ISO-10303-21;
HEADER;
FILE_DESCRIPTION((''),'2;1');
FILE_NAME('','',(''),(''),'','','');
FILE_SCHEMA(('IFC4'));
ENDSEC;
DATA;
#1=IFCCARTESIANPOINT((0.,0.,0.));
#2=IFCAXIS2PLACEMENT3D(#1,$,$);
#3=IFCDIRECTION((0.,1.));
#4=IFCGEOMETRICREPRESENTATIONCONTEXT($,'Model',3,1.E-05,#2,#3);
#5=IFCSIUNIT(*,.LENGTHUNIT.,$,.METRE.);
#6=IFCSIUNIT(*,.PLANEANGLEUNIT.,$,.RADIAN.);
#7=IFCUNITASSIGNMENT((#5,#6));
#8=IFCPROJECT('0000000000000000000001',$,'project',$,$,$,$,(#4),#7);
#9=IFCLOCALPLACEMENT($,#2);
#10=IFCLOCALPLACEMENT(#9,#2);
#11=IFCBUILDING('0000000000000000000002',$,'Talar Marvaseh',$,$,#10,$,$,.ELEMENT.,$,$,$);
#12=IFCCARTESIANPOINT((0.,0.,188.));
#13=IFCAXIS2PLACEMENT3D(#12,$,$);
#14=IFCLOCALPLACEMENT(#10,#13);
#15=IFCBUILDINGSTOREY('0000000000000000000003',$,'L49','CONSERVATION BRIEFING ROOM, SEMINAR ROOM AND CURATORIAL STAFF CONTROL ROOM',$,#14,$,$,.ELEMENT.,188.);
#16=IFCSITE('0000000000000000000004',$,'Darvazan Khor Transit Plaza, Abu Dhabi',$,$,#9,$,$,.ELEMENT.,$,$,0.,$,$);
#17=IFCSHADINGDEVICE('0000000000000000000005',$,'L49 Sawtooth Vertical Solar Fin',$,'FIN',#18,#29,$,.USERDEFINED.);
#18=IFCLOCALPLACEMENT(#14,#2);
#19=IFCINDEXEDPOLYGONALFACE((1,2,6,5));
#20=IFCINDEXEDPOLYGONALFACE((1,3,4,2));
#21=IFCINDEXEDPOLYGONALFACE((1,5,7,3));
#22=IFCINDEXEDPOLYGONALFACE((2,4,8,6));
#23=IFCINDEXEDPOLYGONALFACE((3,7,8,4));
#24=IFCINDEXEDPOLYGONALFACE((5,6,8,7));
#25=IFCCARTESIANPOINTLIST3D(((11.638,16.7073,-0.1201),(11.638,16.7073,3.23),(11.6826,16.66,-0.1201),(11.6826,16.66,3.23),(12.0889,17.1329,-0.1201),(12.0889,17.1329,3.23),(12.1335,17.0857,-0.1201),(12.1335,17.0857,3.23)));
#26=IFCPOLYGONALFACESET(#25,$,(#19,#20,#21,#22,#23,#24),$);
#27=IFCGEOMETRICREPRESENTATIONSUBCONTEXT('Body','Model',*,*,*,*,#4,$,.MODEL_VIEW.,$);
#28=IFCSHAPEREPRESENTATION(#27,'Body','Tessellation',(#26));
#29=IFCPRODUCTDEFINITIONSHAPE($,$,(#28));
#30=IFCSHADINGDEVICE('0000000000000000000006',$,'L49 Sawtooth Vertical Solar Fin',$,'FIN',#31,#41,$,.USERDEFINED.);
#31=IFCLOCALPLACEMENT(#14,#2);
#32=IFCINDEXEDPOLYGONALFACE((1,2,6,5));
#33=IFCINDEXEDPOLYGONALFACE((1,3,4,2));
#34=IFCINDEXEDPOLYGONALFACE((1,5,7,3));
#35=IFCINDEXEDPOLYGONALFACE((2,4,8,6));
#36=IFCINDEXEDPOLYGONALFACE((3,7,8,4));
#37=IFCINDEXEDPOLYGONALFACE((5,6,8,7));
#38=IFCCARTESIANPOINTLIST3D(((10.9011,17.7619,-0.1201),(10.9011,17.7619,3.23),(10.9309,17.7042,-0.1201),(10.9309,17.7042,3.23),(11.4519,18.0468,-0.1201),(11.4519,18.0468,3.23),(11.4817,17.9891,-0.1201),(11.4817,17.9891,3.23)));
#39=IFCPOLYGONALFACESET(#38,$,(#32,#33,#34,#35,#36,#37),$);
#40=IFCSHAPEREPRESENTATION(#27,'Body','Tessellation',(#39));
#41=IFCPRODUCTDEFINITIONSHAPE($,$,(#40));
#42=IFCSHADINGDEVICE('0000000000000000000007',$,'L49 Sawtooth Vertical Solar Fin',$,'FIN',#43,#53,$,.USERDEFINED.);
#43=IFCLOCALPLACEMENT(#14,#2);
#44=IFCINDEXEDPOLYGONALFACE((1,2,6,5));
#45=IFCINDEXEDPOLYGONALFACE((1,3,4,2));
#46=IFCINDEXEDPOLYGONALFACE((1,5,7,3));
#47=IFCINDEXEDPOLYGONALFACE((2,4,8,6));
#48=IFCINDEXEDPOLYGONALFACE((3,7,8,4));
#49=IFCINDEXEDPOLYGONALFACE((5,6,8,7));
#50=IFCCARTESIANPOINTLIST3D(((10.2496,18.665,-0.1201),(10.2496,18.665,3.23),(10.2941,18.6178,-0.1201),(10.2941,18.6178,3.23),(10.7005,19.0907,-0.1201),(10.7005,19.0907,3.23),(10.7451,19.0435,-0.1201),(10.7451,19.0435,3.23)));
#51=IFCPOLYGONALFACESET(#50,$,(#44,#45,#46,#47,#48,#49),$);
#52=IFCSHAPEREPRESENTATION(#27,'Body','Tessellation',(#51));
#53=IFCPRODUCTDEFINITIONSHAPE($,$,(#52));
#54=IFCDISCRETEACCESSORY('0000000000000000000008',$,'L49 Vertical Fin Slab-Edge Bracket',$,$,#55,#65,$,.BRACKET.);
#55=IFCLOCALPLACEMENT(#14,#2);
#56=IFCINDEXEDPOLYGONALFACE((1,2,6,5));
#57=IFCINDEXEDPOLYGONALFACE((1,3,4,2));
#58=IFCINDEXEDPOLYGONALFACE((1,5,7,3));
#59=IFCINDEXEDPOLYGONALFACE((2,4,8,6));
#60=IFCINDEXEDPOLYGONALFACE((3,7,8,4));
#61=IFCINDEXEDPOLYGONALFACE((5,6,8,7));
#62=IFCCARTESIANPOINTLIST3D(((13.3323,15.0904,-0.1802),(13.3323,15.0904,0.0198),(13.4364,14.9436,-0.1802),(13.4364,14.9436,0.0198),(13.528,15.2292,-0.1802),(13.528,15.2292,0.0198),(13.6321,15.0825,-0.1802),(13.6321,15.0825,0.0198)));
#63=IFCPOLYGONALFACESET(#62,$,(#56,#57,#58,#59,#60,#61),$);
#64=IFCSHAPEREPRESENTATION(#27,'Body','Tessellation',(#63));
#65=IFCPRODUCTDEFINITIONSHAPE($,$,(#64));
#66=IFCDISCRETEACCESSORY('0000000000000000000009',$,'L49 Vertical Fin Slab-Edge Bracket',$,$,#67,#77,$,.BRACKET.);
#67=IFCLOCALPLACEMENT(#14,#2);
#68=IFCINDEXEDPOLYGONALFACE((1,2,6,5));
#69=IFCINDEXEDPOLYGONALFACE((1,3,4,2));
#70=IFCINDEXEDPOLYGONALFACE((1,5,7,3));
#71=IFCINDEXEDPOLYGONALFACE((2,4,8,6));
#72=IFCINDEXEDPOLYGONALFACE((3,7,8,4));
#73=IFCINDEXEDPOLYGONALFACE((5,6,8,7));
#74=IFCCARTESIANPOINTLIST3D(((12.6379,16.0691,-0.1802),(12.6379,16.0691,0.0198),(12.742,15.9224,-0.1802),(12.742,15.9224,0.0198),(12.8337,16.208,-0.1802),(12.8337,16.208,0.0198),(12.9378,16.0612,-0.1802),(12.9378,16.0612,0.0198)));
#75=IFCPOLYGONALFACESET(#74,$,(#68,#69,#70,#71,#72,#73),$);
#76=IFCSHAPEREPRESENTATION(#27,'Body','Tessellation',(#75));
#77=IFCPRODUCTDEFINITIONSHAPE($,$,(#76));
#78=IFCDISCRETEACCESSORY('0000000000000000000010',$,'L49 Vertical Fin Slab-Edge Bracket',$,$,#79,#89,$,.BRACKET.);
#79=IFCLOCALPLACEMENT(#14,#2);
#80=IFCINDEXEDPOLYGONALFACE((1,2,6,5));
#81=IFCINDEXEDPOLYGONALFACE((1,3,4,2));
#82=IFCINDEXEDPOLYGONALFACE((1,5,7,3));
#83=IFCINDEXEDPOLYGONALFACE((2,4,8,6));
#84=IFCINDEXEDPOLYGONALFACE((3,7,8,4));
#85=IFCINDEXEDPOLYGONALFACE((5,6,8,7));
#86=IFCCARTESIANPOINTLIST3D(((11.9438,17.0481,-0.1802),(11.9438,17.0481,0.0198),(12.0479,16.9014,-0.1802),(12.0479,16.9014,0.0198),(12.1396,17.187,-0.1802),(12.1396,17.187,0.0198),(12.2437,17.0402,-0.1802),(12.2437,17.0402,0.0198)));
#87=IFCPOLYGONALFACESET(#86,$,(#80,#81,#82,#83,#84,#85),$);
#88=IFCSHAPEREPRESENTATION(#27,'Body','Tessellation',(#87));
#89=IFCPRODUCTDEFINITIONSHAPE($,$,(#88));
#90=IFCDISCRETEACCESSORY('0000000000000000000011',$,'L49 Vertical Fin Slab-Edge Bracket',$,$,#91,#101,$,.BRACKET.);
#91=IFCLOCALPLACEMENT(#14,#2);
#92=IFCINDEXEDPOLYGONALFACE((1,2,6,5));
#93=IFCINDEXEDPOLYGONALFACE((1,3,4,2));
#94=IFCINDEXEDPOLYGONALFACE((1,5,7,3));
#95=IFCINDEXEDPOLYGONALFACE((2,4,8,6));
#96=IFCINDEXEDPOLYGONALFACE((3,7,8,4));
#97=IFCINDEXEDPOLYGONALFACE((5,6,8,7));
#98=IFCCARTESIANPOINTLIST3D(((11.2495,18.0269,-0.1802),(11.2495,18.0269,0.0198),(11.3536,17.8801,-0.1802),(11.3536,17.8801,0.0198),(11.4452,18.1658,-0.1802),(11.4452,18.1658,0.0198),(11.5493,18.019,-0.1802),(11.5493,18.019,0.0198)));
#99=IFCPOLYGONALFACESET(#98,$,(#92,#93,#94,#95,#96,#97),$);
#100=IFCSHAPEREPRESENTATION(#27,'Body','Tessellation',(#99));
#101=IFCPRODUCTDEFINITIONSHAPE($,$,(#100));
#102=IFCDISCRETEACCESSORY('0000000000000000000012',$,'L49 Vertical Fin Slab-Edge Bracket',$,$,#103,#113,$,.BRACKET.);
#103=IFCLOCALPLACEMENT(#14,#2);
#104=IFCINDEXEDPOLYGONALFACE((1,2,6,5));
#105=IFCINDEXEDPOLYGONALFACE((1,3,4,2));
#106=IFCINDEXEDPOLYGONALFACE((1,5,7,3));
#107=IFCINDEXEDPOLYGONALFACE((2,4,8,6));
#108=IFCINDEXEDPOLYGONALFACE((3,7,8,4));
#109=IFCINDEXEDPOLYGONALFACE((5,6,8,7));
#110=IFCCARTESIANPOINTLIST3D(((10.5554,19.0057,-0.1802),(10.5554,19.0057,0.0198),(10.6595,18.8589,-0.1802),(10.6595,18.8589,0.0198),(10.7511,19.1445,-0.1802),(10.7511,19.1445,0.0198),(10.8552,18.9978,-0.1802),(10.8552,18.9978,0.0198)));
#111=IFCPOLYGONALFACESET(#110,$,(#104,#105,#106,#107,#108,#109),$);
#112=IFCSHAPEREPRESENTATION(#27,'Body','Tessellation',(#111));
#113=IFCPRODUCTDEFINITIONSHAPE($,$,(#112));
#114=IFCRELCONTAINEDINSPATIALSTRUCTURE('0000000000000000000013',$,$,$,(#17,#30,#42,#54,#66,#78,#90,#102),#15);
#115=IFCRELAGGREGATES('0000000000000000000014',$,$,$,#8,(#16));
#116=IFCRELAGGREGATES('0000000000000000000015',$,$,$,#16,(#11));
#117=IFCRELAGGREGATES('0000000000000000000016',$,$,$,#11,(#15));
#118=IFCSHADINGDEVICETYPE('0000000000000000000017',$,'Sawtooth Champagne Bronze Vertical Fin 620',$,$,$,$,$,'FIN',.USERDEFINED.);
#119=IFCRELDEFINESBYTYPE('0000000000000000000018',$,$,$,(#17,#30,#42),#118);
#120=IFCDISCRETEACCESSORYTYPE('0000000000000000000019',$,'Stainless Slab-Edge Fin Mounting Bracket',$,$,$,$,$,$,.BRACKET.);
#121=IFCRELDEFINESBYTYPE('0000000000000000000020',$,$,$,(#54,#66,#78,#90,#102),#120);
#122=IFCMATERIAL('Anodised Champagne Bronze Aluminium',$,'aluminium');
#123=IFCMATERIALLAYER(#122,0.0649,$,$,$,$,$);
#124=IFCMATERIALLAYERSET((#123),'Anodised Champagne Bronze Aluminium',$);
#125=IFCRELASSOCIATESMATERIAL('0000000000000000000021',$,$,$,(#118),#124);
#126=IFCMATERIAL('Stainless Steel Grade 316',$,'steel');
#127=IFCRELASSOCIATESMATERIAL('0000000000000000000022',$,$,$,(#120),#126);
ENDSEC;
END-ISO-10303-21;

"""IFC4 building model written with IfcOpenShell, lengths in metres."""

from ifc_helpers import new_model, si_unit, direction, frame, origin, origin_2d, place, context, subcontext, project, spatial, rectangle, extrude, source, transform, mapped, material, layer, layer_set, type_object, type_shapes, element, save


model = new_model("IFC4")

# Units and contexts
model_context = context("Model", 3, precision=1e-05, world=origin(), true_north=direction((0.0, 1.0)))
body_context = subcontext(model_context, "Body", "Model", "MODEL_VIEW")
ifc_project = project(units=[si_unit("LENGTHUNIT", "METRE"), si_unit("PLANEANGLEUNIT", "RADIAN")], contexts=[model_context])

# Site, building, storey
site_placement = place(None, origin())
site = spatial("IfcSite", under=ifc_project, at=site_placement, Name="Darvazan Khor Transit Plaza, Abu Dhabi", CompositionType="ELEMENT", RefElevation=0.0)
building_placement = place(site_placement, origin())
building = spatial("IfcBuilding", under=site, at=building_placement, Name="Talar Marvaseh", CompositionType="ELEMENT")
storey_placement = place(building_placement, frame((0.0, 0.0, 188.0)))
storey = spatial("IfcBuildingStorey", under=building, at=storey_placement, Name="L49", Description="CONSERVATION BRIEFING ROOM, SEMINAR ROOM AND CURATORIAL STAFF CONTROL ROOM", CompositionType="ELEMENT", Elevation=188.0)

# Shading devices
ifc_material_1 = material(Name="Anodised Champagne Bronze Aluminium", Category="aluminium")
ifc_layer_1 = layer(ifc_material_1, 0.0649)
ifc_layer_set_1 = layer_set([ifc_layer_1], Name="Anodised Champagne Bronze Aluminium")
shading_device_type_1 = type_object("IfcShadingDeviceType", Name="Sawtooth Champagne Bronze Vertical Fin 620", ElementType="FIN", PredefinedType="USERDEFINED", material=ifc_layer_set_1)
shared_shape_1 = source(origin(), body_context, "Body", "SweptSolid", [
    extrude(rectangle(XDim=0.6201, YDim=0.0649, at=origin_2d()), origin(), (0.0, 0.0, 1.0), 3.3501),
])
type_shapes(shading_device_type_1, [shared_shape_1])
for number, where, z_axis, x_axis, name in (
    (1, (11.8857, 16.8965, -0.1201), (0.0, 0.0, 1.0), (-0.727174, -0.686453, 0.0), "L49 Sawtooth Vertical Solar Fin"),
    (2, (11.1914, 17.8755, -0.1201), (0.0, 0.0, 1.0), (-0.888217, -0.459425, 0.0), "L49 Sawtooth Vertical Solar Fin"),
    (3, (10.4973, 18.8542, -0.1201), (0.0, 0.0, 1.0), (-0.727174, -0.686453, 0.0), "L49 Sawtooth Vertical Solar Fin"),
):
    element("IfcShadingDevice", number, at=place(storey_placement, frame(where, z_axis=z_axis, x_axis=x_axis)), inside=storey, type_object=shading_device_type_1, Name=name, ObjectType="FIN", PredefinedType="USERDEFINED", context=body_context, shape_type="MappedRepresentation", body=[
        mapped(shared_shape_1, transform((0.0, 0.0, 0.0), x_axis=(1.0, 0.0, 0.0), y_axis=(0.0, 1.0, 0.0), z_axis=(0.0, 0.0, 1.0), scale=1.0)),
    ])

# Discrete accessories
ifc_material_2 = material(Name="Stainless Steel Grade 316", Category="steel")
discrete_accessory_type = type_object("IfcDiscreteAccessoryType", Name="Stainless Slab-Edge Fin Mounting Bracket", PredefinedType="BRACKET", material=ifc_material_2)
shared_shape_2 = source(origin(), body_context, "Body", "SweptSolid", [
    extrude(rectangle(XDim=0.24, YDim=0.1799, at=origin_2d()), origin(), (0.0, 0.0, 1.0), 0.2),
])
type_shapes(discrete_accessory_type, [shared_shape_2])
for number, where, z_axis, x_axis, name in (
    (4, (13.4822, 15.0864, -0.1802), (0.0, 0.0, 1.0), (-0.815633, -0.57857, 0.0), "L49 Vertical Fin Slab-Edge Bracket"),
    (5, (12.7878, 16.0652, -0.1802), (0.0, 0.0, 1.0), (-0.815633, -0.57857, 0.0), "L49 Vertical Fin Slab-Edge Bracket"),
    (6, (12.0938, 17.0442, -0.1802), (0.0, 0.0, 1.0), (-0.815633, -0.57857, 0.0), "L49 Vertical Fin Slab-Edge Bracket"),
    (7, (11.3994, 18.0229, -0.1802), (0.0, 0.0, 1.0), (-0.815633, -0.57857, 0.0), "L49 Vertical Fin Slab-Edge Bracket"),
    (8, (10.7053, 19.0017, -0.1802), (0.0, 0.0, 1.0), (-0.815633, -0.57857, 0.0), "L49 Vertical Fin Slab-Edge Bracket"),
):
    element("IfcDiscreteAccessory", number, at=place(storey_placement, frame(where, z_axis=z_axis, x_axis=x_axis)), inside=storey, type_object=discrete_accessory_type, Name=name, PredefinedType="BRACKET", context=body_context, shape_type="MappedRepresentation", body=[
        mapped(shared_shape_2, transform((0.0, 0.0, 0.0), x_axis=(1.0, 0.0, 0.0), y_axis=(0.0, 1.0, 0.0), z_axis=(0.0, 0.0, 1.0), scale=1.0)),
    ])

save(model, "model.ifc")
